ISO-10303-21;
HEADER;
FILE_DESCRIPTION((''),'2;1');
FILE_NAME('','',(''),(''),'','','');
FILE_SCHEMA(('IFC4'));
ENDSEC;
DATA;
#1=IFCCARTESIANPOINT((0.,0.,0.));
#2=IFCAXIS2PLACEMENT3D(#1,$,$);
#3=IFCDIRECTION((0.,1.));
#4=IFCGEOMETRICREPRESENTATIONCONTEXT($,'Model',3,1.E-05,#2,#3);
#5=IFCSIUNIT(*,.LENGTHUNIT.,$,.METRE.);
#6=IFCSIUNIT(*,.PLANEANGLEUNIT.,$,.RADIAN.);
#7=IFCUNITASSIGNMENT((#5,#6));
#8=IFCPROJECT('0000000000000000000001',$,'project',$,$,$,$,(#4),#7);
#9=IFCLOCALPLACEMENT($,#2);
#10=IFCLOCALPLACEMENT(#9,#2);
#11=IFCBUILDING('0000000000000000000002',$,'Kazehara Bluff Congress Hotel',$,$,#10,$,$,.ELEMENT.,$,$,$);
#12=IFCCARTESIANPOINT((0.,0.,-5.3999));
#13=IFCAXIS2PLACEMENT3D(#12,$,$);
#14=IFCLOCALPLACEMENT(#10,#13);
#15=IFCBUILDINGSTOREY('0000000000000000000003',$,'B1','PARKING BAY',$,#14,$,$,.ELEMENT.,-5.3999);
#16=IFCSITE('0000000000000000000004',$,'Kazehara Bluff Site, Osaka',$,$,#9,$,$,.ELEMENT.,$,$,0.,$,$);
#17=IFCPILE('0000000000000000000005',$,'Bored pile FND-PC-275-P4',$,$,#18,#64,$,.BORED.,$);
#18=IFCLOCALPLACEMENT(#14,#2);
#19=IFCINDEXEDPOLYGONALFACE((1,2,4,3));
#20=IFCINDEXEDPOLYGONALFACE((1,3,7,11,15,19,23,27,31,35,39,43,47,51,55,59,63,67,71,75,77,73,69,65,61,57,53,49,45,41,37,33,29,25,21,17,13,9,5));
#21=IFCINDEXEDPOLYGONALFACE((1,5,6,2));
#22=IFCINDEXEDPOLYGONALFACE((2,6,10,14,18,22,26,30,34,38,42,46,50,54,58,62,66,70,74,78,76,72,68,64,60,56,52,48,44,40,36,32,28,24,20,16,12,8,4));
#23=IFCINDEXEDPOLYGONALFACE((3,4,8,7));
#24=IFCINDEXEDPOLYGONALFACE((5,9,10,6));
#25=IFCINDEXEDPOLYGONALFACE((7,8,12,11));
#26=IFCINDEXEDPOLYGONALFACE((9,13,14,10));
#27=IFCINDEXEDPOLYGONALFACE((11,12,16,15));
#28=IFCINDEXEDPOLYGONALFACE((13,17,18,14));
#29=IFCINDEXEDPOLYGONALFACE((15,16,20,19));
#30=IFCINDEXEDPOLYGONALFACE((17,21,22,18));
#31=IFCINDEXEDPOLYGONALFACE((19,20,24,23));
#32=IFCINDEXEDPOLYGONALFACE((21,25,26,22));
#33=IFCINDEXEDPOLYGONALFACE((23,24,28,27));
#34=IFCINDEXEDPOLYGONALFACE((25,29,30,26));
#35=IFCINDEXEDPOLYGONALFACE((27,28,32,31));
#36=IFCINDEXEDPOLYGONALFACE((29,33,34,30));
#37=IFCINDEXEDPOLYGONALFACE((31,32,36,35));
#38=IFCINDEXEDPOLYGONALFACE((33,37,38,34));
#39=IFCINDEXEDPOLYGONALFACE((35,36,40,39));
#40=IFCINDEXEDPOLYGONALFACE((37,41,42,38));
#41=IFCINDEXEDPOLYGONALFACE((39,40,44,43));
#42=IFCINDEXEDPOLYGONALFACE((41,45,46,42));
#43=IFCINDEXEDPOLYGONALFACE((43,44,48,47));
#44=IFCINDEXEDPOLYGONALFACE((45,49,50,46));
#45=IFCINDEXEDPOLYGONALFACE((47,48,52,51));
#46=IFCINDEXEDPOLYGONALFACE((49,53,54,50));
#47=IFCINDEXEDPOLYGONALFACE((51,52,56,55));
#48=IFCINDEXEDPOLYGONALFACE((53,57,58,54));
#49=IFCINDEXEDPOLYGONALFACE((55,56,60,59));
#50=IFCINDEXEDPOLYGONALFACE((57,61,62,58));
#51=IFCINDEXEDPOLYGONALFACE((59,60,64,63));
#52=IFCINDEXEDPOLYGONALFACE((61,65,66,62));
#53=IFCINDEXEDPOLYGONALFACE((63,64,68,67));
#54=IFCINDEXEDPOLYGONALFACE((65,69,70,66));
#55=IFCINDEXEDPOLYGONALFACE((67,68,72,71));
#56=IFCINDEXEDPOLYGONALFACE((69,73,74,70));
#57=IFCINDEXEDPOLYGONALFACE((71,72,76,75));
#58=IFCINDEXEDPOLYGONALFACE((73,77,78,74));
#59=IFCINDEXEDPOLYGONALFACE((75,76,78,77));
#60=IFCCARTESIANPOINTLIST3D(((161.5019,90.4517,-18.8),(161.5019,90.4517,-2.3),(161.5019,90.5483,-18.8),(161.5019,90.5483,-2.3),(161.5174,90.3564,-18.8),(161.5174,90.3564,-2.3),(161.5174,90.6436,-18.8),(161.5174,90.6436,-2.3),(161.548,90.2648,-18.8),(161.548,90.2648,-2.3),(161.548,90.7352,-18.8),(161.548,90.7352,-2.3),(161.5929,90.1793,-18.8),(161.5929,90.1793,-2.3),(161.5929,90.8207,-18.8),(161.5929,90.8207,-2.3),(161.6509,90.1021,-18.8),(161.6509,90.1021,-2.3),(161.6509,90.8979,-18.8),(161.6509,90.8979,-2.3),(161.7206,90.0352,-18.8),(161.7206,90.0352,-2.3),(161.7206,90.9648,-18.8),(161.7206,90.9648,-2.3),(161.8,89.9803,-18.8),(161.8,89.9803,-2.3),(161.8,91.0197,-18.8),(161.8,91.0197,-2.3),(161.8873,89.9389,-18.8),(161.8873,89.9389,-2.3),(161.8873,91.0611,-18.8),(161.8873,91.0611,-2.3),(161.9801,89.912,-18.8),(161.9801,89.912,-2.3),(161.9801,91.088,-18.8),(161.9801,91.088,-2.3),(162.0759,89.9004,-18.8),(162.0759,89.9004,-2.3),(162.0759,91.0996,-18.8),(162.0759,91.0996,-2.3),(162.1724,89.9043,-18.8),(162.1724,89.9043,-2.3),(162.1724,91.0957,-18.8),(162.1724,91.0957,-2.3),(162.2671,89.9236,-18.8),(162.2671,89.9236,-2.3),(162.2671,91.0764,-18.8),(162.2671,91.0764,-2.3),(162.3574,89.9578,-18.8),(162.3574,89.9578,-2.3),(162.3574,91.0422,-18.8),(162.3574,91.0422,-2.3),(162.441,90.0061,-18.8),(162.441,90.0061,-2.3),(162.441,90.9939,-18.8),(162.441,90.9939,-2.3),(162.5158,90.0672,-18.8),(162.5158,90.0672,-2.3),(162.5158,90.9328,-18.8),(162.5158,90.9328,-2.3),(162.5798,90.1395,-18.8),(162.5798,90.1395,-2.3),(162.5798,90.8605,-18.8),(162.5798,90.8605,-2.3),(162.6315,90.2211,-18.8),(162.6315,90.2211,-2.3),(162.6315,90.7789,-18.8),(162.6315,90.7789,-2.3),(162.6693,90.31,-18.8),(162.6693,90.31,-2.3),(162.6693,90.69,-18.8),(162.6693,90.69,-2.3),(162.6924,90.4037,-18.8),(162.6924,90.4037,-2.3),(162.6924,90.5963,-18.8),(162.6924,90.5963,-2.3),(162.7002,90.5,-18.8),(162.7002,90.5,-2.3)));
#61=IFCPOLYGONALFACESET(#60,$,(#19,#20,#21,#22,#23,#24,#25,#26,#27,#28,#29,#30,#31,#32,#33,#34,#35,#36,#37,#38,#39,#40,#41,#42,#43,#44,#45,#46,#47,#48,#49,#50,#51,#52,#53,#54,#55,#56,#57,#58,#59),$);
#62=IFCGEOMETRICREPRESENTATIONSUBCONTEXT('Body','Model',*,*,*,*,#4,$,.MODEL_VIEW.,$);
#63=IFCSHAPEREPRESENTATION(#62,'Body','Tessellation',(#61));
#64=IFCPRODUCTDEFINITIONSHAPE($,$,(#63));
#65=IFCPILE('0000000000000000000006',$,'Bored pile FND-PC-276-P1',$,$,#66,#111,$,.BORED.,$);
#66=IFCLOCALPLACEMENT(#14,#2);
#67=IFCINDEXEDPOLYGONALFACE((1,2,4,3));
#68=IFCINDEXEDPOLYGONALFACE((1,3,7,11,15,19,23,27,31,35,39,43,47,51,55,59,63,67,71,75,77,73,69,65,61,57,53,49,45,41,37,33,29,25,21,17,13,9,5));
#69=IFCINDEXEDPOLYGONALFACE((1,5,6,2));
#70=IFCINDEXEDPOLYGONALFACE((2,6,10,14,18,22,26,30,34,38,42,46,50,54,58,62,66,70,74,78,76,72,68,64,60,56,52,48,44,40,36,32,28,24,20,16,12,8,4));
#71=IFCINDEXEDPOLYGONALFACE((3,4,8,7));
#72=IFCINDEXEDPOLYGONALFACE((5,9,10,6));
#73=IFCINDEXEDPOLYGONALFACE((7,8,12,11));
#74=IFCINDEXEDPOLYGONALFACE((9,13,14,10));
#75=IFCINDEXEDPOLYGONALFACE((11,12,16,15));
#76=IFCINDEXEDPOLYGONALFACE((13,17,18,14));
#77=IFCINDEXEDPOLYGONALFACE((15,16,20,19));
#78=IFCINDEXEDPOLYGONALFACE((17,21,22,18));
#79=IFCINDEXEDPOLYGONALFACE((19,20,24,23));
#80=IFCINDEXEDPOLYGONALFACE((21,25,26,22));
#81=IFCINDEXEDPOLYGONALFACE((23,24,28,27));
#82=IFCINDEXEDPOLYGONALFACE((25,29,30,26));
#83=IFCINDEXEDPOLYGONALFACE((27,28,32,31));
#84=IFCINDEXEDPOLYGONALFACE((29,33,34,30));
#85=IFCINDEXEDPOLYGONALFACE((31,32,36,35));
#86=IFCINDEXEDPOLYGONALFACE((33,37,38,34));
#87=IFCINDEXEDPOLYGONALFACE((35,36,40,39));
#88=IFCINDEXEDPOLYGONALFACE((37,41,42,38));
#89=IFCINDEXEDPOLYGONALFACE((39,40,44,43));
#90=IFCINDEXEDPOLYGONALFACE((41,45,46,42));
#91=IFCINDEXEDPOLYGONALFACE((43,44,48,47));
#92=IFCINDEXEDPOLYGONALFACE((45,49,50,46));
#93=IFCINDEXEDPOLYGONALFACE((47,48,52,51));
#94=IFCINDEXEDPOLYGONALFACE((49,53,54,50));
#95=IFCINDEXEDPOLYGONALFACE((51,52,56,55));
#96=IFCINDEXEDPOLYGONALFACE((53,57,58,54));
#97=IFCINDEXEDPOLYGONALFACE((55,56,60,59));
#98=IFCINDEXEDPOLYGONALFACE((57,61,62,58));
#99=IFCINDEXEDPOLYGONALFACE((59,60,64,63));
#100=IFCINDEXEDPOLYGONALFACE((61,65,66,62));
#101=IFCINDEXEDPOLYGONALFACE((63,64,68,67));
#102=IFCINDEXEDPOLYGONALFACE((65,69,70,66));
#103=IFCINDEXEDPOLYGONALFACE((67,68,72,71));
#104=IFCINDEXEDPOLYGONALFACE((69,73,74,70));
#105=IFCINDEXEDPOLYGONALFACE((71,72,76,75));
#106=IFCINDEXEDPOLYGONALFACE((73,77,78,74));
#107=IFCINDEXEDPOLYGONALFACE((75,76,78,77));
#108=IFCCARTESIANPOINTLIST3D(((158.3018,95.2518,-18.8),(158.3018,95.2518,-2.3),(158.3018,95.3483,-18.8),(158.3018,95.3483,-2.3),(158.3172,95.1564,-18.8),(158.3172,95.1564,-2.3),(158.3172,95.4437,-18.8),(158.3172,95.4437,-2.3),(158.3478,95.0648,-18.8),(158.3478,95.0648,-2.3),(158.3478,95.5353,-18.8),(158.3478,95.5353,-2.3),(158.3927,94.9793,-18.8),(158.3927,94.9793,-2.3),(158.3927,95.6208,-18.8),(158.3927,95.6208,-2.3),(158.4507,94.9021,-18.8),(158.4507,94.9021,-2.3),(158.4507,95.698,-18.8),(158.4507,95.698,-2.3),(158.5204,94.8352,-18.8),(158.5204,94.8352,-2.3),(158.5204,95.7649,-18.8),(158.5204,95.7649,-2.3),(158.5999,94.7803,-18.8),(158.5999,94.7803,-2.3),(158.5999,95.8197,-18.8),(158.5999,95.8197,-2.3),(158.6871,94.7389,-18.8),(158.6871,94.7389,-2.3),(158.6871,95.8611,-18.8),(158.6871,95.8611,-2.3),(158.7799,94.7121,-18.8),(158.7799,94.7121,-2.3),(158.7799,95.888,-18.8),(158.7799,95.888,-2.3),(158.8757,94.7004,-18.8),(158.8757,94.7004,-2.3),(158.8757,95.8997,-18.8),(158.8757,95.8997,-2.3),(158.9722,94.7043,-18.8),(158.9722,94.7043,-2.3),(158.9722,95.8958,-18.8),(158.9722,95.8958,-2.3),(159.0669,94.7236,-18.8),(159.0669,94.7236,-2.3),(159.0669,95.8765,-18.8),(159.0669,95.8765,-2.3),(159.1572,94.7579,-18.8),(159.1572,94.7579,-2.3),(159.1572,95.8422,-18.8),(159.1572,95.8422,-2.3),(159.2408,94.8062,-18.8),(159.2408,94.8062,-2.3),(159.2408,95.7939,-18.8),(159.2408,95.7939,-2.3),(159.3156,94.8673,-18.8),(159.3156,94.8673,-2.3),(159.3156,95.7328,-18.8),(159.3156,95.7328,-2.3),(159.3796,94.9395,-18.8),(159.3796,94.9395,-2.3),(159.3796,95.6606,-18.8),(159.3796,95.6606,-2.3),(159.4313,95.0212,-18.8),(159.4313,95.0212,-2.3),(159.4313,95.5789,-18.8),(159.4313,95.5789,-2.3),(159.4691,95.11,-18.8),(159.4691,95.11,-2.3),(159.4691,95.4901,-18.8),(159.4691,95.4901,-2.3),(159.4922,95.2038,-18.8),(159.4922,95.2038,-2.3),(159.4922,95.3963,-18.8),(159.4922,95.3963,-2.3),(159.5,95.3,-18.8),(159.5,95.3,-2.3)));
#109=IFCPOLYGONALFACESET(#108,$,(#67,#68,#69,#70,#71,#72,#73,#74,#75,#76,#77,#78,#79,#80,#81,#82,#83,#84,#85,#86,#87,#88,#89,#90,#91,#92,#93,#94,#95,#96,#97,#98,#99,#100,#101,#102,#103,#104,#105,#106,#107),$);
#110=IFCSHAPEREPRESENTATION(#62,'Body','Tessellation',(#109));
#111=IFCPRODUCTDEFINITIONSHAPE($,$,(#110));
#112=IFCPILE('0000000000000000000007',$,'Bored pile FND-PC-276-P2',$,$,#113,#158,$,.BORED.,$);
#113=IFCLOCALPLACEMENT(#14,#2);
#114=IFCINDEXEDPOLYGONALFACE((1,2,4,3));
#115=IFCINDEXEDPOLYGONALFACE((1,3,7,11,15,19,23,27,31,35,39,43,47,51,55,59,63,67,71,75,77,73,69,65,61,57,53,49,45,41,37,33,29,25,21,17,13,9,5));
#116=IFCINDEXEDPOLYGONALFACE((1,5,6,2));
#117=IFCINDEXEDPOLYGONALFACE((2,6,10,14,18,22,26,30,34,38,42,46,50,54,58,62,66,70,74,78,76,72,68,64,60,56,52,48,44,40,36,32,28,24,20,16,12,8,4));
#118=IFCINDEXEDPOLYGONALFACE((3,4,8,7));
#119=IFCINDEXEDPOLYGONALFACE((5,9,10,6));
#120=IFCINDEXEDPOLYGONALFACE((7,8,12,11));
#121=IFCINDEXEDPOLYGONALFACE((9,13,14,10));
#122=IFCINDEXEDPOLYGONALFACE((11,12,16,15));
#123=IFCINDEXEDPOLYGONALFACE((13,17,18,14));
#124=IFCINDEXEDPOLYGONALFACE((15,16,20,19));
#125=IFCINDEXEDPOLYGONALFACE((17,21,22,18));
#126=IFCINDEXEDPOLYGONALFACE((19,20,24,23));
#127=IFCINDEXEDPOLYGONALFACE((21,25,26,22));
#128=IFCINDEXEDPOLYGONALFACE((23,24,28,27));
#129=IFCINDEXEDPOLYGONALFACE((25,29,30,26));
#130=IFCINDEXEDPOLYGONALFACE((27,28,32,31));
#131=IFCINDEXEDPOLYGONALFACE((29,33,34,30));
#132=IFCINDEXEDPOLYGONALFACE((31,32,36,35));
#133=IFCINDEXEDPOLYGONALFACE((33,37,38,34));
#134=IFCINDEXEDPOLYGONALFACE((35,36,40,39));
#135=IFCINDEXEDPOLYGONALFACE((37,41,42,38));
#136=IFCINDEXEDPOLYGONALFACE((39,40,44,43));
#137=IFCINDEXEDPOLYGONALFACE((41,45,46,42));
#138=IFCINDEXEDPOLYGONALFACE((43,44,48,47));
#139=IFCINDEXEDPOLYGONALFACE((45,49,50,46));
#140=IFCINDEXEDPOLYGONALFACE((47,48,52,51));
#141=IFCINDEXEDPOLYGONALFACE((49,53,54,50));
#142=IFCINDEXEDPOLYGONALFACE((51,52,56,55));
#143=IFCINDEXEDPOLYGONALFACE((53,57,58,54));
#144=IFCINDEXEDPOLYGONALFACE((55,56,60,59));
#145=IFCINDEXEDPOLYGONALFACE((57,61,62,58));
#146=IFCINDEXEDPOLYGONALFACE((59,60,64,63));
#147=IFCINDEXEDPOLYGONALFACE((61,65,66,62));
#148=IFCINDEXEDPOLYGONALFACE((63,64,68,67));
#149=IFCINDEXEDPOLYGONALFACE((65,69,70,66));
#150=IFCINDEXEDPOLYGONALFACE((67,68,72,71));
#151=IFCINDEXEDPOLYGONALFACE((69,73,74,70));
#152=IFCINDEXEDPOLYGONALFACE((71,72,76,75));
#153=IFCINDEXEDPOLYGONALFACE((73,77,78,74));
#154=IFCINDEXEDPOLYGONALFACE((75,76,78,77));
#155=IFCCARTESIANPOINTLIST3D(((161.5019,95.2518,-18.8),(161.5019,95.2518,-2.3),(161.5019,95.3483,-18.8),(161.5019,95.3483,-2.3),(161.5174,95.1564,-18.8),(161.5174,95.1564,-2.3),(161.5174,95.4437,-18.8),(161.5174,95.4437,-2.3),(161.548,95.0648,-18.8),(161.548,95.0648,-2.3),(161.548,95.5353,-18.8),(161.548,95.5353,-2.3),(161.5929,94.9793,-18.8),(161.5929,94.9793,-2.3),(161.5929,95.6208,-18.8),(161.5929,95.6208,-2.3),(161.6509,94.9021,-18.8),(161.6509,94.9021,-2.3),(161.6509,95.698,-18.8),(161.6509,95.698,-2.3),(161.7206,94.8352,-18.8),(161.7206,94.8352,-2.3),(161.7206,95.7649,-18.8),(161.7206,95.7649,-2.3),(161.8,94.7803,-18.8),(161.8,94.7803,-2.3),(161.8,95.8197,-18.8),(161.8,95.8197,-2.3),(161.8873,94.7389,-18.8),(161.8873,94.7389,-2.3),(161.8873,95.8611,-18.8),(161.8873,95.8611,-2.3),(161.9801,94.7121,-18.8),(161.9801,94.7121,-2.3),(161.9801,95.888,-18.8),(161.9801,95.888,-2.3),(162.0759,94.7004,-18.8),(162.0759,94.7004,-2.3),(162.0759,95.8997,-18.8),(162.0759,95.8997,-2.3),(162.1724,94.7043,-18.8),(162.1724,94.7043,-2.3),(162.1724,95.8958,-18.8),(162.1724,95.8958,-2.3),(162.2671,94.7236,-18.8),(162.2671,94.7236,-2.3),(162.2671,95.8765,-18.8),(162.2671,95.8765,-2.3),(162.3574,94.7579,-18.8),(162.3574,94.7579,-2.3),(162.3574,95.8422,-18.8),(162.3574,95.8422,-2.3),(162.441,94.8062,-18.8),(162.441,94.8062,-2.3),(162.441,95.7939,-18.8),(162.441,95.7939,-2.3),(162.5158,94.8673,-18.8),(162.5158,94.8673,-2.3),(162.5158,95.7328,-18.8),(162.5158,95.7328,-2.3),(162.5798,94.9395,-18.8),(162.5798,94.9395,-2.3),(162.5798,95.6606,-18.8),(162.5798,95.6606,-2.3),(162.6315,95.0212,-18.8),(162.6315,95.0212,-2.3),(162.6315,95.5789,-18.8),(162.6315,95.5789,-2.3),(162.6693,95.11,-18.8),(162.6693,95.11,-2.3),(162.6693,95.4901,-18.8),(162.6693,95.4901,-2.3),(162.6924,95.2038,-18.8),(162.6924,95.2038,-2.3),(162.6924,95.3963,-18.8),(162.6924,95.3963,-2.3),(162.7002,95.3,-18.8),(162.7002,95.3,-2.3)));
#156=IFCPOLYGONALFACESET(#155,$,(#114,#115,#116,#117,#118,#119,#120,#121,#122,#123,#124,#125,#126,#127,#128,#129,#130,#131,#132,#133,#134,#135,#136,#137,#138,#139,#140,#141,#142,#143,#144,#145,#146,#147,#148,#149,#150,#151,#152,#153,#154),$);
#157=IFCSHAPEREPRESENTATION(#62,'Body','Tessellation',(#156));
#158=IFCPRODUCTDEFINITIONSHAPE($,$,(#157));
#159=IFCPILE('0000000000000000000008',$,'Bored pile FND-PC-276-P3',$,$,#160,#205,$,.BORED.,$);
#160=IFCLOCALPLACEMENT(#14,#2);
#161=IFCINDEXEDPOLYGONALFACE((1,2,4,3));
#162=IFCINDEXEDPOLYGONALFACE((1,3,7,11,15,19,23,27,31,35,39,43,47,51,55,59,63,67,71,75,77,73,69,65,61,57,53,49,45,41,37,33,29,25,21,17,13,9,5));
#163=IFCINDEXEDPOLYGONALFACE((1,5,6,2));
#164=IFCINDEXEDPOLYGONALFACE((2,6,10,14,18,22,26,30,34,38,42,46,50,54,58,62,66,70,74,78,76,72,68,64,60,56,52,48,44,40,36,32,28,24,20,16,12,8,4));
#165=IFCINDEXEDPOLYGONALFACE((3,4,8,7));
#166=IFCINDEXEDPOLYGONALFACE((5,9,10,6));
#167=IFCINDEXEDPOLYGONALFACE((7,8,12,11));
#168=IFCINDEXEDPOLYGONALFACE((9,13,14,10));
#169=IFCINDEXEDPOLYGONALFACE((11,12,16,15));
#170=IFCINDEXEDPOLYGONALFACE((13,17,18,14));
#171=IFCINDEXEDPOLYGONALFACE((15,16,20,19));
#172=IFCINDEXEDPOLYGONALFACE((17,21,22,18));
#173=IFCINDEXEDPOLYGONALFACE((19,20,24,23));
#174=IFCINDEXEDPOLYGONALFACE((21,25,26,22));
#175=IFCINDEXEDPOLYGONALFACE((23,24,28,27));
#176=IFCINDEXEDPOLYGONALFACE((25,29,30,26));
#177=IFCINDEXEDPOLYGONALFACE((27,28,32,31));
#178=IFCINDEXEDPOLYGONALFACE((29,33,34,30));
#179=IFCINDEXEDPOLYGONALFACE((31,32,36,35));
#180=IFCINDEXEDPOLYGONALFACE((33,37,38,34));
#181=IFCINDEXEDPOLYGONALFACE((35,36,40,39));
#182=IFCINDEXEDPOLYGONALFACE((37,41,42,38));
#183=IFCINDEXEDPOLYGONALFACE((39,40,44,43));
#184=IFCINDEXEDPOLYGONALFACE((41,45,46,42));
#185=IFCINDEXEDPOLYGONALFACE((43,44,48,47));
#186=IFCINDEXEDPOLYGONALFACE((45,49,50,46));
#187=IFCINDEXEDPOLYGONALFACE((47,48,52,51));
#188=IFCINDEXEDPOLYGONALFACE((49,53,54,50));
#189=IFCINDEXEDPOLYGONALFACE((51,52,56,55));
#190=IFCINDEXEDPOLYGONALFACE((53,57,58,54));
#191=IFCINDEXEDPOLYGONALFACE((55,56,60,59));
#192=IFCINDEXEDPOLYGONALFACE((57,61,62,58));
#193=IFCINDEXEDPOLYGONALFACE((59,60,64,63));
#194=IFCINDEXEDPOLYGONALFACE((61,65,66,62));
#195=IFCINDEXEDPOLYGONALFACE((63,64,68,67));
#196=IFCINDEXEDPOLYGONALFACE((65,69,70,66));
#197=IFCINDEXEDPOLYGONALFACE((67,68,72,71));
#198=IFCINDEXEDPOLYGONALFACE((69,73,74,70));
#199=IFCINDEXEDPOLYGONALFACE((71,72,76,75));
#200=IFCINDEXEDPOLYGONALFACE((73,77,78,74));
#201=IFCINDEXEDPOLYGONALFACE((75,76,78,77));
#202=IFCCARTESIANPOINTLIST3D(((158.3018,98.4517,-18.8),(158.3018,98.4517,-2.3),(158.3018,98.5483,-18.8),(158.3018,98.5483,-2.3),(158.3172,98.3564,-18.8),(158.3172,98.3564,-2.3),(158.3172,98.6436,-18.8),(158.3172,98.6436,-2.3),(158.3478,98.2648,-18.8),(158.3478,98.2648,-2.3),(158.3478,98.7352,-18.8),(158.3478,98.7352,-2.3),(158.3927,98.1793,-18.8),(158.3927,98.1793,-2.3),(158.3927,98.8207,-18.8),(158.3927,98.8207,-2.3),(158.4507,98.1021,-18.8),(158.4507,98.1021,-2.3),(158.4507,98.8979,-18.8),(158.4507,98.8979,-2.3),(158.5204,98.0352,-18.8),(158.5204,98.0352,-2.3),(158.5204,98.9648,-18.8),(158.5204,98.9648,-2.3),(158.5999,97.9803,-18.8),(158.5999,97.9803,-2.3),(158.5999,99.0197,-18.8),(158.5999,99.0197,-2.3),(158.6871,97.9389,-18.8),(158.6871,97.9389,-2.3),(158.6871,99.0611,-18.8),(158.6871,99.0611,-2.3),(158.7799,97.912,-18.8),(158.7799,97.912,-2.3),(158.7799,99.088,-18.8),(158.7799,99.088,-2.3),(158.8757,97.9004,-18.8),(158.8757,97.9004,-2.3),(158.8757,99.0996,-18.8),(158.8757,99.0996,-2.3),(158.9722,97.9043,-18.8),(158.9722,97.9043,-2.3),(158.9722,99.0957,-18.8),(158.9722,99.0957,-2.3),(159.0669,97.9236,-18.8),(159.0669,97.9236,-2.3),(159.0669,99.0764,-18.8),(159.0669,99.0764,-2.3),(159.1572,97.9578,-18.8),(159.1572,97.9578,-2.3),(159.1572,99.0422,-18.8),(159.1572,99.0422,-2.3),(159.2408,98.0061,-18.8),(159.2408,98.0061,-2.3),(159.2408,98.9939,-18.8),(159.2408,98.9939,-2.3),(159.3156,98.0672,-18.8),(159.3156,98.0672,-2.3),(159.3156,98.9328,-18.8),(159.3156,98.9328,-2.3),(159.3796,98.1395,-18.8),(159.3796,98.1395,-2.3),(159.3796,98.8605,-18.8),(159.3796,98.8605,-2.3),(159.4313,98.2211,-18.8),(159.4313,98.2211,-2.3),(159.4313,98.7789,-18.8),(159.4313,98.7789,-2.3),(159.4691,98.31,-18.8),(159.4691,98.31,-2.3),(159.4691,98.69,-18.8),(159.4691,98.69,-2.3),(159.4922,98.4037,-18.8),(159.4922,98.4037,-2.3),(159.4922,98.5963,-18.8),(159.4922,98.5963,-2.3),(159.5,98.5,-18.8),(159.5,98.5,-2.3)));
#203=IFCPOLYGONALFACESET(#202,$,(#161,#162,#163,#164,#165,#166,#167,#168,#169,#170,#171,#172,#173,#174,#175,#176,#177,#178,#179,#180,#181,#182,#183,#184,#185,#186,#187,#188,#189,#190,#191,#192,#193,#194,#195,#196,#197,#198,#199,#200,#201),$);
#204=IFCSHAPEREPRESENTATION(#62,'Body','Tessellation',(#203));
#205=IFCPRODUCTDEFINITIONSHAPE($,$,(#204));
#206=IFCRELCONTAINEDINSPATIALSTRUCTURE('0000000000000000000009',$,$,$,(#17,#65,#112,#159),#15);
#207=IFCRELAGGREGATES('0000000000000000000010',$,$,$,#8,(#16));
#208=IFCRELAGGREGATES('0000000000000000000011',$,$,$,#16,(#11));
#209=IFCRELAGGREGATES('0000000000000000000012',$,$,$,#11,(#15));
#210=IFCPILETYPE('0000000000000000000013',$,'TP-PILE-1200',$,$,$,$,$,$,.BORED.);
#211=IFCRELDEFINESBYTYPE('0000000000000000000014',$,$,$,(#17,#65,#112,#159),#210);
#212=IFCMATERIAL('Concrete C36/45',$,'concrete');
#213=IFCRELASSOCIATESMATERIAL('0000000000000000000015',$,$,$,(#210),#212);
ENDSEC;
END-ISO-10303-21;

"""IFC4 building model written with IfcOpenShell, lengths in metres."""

from ifc_helpers import new_model, si_unit, direction, frame, origin, origin_2d, place, context, subcontext, project, spatial, circle, extrude, material, material_profile, profile_set, type_object, element, save


model = new_model("IFC4")

# Units and contexts
model_context = context("Model", 3, precision=1e-05, world=origin(), true_north=direction((0.0, 1.0)))
body_context = subcontext(model_context, "Body", "Model", "MODEL_VIEW")
ifc_project = project(units=[si_unit("LENGTHUNIT", "METRE"), si_unit("PLANEANGLEUNIT", "RADIAN")], contexts=[model_context])

# Site, building, storey
site_placement = place(None, origin())
site = spatial("IfcSite", under=ifc_project, at=site_placement, Name="Kazehara Bluff Site, Osaka", CompositionType="ELEMENT", RefElevation=0.0)
building_placement = place(site_placement, origin())
building = spatial("IfcBuilding", under=site, at=building_placement, Name="Kazehara Bluff Congress Hotel", CompositionType="ELEMENT")
storey_placement = place(building_placement, frame((0.0, 0.0, -5.3999)))
storey = spatial("IfcBuildingStorey", under=building, at=storey_placement, Name="B1", Description="PARKING BAY", CompositionType="ELEMENT", Elevation=-5.3999)

# Piles
ifc_material_1 = material(Name="Concrete C36/45", Category="concrete")
ifc_material_profile_1 = material_profile(ifc_material_1, circle(Radius=0.6001, at=origin_2d()))
ifc_profile_set_1 = profile_set([ifc_material_profile_1], Name="Concrete C36/45")
pile_type = type_object("IfcPileType", Name="TP-PILE-1200", PredefinedType="BORED", material=ifc_profile_set_1)
for number, where, z_axis, x_axis, name in (
    (1, (162.1001, 90.5, -2.3), (0.0, 0.0, -1.0), (1.0, 0.0, 0.0), "Bored pile FND-PC-275-P4"),
    (2, (158.8999, 95.3, -2.3), (0.0, 0.0, -1.0), (1.0, 0.0, 0.0), "Bored pile FND-PC-276-P1"),
    (3, (162.1001, 95.3, -2.3), (0.0, 0.0, -1.0), (1.0, 0.0, 0.0), "Bored pile FND-PC-276-P2"),
    (4, (158.8999, 98.5, -2.3), (0.0, 0.0, -1.0), (1.0, 0.0, 0.0), "Bored pile FND-PC-276-P3"),
):
    element("IfcPile", number, at=place(storey_placement, frame(where, z_axis=z_axis, x_axis=x_axis)), inside=storey, type_object=pile_type, Name=name, PredefinedType="BORED", context=body_context, shape_type="SweptSolid", body=[
        extrude(circle(Radius=0.6001, at=origin_2d()), origin(), (0.0, 0.0, 1.0), 16.5),
    ])

save(model, "model.ifc")
